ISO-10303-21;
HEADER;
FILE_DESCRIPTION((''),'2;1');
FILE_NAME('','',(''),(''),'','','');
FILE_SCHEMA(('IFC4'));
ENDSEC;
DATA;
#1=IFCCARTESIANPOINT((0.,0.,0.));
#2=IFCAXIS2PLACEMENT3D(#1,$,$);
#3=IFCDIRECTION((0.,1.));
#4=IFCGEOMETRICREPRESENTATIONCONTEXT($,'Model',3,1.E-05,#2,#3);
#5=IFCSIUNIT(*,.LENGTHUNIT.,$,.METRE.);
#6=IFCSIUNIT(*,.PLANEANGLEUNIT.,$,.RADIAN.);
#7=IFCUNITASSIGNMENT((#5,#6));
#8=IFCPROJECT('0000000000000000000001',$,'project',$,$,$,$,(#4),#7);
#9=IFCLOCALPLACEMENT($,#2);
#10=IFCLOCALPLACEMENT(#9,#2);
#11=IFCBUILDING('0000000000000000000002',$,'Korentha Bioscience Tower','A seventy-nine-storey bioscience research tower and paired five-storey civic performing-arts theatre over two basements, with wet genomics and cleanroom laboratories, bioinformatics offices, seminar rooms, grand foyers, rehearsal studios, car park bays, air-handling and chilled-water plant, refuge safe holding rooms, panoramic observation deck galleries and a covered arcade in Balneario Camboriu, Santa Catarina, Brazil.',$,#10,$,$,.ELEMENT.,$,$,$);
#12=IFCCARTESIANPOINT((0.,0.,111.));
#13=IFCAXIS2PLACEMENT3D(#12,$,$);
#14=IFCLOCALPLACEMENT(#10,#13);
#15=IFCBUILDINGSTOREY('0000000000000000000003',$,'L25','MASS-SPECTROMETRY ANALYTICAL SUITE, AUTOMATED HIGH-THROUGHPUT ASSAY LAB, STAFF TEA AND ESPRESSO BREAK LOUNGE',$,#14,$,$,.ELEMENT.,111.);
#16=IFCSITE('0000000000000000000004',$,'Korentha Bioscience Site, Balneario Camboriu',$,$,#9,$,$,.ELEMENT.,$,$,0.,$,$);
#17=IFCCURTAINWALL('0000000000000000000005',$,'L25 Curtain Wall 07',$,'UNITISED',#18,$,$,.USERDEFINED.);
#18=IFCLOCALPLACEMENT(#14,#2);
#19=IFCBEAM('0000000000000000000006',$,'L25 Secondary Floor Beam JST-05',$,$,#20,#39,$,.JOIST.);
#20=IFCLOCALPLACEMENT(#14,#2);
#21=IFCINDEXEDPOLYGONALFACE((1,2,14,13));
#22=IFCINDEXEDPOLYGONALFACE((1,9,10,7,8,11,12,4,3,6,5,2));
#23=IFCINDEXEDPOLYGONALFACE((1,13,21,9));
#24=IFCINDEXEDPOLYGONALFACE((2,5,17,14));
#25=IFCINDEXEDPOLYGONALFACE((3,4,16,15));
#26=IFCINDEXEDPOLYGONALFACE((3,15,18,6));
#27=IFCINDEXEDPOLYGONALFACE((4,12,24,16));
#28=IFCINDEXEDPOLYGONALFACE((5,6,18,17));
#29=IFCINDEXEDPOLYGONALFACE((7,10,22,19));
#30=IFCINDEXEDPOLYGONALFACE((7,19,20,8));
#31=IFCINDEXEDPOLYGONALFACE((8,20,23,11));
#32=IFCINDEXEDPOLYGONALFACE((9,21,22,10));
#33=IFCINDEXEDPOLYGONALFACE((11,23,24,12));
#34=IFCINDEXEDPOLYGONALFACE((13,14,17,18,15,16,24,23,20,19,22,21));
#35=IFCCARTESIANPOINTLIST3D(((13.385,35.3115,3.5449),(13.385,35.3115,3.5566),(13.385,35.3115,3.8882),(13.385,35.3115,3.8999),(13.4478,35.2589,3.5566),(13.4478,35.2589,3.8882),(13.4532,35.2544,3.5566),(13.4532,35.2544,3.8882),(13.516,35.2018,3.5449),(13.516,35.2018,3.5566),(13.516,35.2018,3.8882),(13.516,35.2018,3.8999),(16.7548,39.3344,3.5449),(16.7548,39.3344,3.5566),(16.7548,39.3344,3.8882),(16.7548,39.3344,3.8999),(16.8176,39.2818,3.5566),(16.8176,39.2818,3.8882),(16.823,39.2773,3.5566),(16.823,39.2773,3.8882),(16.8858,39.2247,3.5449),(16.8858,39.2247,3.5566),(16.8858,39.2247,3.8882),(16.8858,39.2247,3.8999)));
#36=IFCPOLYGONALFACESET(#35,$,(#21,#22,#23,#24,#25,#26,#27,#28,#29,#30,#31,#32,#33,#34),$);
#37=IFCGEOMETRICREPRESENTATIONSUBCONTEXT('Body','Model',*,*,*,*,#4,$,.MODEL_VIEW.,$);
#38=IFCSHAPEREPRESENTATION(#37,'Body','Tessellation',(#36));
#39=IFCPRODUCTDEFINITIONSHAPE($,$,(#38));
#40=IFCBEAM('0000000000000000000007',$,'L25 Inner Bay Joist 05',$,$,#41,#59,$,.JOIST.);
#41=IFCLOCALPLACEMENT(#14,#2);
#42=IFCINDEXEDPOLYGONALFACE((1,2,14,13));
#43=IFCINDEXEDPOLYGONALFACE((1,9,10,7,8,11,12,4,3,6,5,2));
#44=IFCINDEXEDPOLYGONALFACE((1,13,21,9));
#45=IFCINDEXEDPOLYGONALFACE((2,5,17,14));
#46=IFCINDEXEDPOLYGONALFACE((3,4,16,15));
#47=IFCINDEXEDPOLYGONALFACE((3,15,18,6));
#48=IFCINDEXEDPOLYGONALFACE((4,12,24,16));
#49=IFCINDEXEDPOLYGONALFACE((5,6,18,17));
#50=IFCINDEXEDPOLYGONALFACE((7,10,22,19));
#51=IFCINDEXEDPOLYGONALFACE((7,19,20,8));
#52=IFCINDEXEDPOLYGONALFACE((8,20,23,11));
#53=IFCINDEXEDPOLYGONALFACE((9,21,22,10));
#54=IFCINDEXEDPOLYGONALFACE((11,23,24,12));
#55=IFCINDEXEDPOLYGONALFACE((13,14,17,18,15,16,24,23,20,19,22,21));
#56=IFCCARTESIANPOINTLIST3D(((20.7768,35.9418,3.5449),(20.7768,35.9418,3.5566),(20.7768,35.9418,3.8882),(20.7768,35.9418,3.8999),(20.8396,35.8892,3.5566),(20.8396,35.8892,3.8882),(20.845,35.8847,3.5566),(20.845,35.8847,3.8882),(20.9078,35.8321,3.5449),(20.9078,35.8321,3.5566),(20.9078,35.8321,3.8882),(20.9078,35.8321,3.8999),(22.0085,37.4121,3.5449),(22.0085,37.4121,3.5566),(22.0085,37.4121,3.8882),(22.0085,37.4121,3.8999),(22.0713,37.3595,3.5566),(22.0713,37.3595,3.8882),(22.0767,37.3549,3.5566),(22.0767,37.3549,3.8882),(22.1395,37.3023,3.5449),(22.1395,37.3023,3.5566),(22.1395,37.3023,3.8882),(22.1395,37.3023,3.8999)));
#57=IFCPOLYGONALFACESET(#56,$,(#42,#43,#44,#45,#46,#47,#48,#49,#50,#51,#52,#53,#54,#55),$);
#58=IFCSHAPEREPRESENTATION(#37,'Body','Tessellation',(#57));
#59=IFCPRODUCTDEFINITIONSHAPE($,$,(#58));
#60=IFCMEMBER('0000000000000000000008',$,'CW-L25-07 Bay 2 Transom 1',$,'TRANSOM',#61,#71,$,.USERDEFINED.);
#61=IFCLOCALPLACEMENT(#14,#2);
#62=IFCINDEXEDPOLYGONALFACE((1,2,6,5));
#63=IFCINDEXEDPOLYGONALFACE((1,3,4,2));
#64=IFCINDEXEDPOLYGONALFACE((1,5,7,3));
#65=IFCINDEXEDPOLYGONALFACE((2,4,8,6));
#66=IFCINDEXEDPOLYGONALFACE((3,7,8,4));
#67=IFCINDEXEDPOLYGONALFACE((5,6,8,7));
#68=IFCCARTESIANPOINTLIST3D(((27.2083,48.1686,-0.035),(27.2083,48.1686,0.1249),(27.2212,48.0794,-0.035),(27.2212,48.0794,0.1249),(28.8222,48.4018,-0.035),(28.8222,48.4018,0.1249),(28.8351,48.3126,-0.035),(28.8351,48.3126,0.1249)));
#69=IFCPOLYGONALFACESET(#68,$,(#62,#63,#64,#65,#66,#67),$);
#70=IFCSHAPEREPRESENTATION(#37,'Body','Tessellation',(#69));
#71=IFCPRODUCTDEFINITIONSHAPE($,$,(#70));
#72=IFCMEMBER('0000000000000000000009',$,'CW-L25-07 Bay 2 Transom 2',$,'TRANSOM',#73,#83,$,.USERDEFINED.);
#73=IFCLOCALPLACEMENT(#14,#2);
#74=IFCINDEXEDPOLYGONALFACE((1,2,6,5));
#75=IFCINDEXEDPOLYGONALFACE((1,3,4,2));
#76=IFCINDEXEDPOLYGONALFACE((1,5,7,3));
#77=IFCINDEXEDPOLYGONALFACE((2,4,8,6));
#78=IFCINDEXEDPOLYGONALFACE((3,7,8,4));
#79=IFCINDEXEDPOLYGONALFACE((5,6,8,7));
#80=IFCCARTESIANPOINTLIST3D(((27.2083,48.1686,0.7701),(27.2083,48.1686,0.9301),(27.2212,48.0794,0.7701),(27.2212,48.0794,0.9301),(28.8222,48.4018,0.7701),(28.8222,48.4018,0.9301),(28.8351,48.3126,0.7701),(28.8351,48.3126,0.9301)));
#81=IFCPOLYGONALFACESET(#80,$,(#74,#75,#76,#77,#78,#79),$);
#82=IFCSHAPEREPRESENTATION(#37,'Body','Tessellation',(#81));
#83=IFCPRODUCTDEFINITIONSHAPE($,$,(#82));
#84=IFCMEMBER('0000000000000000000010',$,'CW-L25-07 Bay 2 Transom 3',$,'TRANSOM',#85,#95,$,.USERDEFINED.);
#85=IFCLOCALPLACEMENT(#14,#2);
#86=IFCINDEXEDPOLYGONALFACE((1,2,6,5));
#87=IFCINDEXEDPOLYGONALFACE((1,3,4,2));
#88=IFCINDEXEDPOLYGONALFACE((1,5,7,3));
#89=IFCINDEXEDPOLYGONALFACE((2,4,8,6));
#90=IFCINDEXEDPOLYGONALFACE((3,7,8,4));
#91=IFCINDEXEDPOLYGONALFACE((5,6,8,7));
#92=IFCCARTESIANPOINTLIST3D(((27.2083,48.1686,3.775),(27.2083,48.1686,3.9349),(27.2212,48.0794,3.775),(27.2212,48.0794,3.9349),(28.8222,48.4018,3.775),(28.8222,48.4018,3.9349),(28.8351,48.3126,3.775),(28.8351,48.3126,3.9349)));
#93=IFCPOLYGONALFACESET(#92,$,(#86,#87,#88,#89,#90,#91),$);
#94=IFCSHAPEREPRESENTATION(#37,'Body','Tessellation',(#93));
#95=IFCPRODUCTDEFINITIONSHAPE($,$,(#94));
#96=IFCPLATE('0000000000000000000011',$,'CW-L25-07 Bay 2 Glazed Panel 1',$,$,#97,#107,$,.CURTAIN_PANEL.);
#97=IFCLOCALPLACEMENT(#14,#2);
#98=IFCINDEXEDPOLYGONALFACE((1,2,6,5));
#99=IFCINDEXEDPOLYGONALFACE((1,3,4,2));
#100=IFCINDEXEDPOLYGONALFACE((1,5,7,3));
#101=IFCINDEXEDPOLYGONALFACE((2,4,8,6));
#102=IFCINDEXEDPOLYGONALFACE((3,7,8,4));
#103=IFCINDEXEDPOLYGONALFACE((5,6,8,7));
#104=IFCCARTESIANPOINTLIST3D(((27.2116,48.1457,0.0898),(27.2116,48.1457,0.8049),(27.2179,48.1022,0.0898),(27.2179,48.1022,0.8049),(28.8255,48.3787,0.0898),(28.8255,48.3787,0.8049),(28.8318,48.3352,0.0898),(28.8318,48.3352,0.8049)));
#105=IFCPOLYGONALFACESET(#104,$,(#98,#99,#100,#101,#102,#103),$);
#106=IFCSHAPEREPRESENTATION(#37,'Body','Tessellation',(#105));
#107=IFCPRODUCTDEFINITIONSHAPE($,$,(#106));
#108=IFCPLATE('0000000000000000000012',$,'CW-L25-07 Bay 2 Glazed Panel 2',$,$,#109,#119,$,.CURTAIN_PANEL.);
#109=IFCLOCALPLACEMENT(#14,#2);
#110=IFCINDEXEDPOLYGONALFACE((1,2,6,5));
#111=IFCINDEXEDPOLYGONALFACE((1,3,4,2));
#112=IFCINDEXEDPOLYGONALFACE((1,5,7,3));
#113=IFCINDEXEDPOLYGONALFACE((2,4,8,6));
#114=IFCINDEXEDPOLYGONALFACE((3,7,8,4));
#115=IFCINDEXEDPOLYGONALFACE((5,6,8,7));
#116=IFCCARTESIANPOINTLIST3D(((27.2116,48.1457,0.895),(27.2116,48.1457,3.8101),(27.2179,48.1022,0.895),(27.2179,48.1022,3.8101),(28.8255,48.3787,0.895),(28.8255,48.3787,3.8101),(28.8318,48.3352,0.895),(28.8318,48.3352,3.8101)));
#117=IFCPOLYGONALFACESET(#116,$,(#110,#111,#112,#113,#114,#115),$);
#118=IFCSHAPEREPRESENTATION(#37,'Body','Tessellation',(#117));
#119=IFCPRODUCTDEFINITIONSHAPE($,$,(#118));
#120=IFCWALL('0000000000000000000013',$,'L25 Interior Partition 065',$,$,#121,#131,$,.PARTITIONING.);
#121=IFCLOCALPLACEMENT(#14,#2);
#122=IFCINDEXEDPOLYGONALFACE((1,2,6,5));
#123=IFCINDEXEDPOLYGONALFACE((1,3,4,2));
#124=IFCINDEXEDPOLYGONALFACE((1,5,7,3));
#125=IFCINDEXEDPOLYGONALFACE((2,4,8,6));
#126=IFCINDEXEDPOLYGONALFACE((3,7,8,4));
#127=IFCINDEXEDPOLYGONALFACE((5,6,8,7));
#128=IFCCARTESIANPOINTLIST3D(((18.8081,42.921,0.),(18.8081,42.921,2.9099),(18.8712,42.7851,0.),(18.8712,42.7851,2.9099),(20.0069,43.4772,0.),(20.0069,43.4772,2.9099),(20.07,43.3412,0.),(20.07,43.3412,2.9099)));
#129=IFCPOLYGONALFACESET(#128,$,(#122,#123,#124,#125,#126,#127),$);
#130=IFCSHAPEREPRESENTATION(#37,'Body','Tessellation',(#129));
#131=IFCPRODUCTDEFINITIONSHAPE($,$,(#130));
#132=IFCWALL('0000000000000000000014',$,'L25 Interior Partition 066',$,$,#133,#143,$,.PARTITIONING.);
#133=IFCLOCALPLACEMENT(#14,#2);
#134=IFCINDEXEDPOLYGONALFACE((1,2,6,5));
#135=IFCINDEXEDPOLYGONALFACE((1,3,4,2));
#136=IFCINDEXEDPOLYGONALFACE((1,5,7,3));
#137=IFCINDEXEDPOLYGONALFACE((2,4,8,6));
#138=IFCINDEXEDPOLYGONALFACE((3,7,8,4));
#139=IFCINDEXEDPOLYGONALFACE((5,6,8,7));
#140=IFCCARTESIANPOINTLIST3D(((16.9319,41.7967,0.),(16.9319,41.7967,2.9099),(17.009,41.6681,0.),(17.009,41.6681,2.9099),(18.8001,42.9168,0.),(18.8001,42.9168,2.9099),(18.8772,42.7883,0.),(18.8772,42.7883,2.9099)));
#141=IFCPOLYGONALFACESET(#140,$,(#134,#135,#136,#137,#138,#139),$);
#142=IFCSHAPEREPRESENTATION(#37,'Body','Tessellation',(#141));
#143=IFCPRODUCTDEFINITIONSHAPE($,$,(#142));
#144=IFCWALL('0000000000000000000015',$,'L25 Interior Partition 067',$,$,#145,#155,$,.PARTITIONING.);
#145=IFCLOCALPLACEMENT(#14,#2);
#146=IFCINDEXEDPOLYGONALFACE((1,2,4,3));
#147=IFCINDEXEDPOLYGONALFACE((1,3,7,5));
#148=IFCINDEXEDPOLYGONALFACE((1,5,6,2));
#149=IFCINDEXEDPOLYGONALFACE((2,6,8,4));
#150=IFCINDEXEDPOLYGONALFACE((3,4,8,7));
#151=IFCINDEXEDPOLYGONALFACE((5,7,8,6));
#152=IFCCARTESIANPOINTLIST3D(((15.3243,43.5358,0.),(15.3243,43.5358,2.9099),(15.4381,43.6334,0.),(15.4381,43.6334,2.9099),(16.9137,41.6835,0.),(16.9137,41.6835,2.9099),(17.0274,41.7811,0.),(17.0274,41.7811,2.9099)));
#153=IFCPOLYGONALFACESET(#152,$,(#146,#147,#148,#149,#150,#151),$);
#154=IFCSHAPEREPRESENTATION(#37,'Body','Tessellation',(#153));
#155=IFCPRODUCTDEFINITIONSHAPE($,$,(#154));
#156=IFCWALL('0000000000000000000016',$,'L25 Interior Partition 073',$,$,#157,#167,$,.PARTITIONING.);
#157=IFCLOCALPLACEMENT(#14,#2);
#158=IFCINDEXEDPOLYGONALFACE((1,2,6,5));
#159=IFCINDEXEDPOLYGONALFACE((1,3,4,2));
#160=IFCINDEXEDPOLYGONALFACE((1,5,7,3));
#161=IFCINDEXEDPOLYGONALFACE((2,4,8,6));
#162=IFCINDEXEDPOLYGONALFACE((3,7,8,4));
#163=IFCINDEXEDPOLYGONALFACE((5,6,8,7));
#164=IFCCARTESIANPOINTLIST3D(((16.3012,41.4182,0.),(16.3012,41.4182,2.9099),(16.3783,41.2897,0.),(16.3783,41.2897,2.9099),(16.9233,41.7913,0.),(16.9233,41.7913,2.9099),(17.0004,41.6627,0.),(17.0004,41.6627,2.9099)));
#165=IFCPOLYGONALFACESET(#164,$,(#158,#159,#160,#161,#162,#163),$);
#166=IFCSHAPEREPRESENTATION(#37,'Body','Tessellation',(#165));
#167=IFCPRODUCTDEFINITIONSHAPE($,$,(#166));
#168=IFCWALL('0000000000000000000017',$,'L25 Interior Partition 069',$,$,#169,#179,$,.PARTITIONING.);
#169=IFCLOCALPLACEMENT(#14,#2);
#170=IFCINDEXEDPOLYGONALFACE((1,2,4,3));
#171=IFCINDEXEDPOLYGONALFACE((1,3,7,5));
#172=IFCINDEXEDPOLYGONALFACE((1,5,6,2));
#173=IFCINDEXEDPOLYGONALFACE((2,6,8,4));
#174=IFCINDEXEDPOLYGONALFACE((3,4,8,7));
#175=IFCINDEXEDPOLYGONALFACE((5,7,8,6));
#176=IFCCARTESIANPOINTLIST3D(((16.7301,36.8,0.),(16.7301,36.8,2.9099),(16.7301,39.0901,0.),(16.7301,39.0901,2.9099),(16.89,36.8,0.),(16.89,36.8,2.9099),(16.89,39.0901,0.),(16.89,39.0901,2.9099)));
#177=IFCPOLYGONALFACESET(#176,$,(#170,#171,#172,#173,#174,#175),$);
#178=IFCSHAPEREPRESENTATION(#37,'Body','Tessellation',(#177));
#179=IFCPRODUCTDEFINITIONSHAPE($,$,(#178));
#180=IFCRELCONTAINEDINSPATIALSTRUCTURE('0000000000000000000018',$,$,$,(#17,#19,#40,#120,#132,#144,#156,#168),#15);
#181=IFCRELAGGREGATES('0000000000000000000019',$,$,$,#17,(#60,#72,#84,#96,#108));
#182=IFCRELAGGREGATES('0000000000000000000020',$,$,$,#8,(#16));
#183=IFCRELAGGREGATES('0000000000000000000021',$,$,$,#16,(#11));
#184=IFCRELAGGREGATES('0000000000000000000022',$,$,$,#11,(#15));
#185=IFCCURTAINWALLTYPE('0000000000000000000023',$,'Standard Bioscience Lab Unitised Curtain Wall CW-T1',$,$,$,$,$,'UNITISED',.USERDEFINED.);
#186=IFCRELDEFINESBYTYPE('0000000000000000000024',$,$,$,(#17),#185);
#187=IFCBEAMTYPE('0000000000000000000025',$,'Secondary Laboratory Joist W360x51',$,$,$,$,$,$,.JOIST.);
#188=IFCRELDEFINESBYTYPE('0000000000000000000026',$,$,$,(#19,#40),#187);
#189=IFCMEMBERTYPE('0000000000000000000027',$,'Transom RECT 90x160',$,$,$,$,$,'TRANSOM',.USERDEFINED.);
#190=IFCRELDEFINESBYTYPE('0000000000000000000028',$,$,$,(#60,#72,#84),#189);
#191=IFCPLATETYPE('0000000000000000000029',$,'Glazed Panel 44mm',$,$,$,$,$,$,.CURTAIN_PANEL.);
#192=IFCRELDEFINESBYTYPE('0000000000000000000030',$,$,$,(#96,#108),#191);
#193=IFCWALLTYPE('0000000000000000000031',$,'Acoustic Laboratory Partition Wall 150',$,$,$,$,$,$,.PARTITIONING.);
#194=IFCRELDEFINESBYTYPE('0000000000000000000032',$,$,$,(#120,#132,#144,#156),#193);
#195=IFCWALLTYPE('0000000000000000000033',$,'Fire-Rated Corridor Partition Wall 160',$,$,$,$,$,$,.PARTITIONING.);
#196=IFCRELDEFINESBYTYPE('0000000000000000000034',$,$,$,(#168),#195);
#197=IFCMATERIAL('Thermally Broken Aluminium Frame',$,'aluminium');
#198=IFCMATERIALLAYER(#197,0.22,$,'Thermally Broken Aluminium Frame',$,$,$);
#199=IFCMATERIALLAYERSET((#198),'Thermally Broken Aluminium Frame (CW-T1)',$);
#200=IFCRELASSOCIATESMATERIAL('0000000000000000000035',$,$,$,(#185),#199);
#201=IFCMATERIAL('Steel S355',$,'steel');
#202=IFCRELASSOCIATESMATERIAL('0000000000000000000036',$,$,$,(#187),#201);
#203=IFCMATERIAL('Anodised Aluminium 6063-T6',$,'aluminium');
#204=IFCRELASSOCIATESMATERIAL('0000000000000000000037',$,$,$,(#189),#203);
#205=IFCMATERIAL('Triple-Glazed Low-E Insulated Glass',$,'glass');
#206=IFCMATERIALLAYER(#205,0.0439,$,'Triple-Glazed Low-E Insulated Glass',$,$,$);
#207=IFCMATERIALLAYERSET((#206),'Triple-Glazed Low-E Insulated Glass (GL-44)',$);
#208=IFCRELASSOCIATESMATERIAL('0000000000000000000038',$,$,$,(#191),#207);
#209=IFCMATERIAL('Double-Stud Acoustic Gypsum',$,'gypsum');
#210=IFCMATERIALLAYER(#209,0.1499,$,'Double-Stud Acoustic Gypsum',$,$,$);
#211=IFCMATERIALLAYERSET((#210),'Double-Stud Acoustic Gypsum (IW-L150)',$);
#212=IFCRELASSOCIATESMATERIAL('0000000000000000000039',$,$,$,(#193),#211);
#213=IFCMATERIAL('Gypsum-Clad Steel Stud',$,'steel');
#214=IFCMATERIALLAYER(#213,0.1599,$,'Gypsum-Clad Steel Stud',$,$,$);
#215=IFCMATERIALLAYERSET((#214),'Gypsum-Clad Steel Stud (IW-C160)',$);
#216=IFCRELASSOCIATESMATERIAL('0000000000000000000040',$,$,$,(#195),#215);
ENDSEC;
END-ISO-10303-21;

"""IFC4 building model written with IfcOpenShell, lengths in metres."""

from ifc_helpers import new_model, si_unit, direction, frame, frame_2d, origin, origin_2d, place, context, subcontext, project, spatial, rectangle, i_section, extrude, material, layer, layer_set, material_profile, profile_set, type_object, element, aggregate, save


model = new_model("IFC4")

# Units and contexts
model_context = context("Model", 3, precision=1e-05, world=origin(), true_north=direction((0.0, 1.0)))
body_context = subcontext(model_context, "Body", "Model", "MODEL_VIEW")
ifc_project = project(units=[si_unit("LENGTHUNIT", "METRE"), si_unit("PLANEANGLEUNIT", "RADIAN")], contexts=[model_context])

# Site, building, storey
site_placement = place(None, origin())
site = spatial("IfcSite", under=ifc_project, at=site_placement, Name="Korentha Bioscience Site, Balneario Camboriu", CompositionType="ELEMENT", RefElevation=0.0)
building_placement = place(site_placement, origin())
building = spatial("IfcBuilding", under=site, at=building_placement, Name="Korentha Bioscience Tower", Description="A seventy-nine-storey bioscience research tower and paired five-storey civic performing-arts theatre over two basements, with wet genomics and cleanroom laboratories, bioinformatics offices, seminar rooms, grand foyers, rehearsal studios, car park bays, air-handling and chilled-water plant, refuge safe holding rooms, panoramic observation deck galleries and a covered arcade in Balneario Camboriu, Santa Catarina, Brazil.", CompositionType="ELEMENT")
storey_placement = place(building_placement, frame((0.0, 0.0, 111.0)))
storey = spatial("IfcBuildingStorey", under=building, at=storey_placement, Name="L25", Description="MASS-SPECTROMETRY ANALYTICAL SUITE, AUTOMATED HIGH-THROUGHPUT ASSAY LAB, STAFF TEA AND ESPRESSO BREAK LOUNGE", CompositionType="ELEMENT", Elevation=111.0)

# Shared definitions
ifc_material_1 = material(Name="Steel S355", Category="steel")

# Curtain wall
ifc_material_2 = material(Name="Thermally Broken Aluminium Frame", Category="aluminium")
ifc_layer_1 = layer(ifc_material_2, 0.22, Name="Thermally Broken Aluminium Frame")
ifc_layer_set_1 = layer_set([ifc_layer_1], Name="Thermally Broken Aluminium Frame (CW-T1)")
curtain_wall_type = type_object("IfcCurtainWallType", Name="Standard Bioscience Lab Unitised Curtain Wall CW-T1", ElementType="UNITISED", PredefinedType="USERDEFINED", material=ifc_layer_set_1)
curtain_wall_placement = place(storey_placement, origin())
curtain_wall = element("IfcCurtainWall", 1, at=curtain_wall_placement, inside=storey, type_object=curtain_wall_type, Name="L25 Curtain Wall 07", ObjectType="UNITISED", PredefinedType="USERDEFINED")
ifc_material_3 = material(Name="Anodised Aluminium 6063-T6", Category="aluminium")

# Beams
ifc_material_profile_1 = material_profile(ifc_material_1, i_section(OverallWidth=0.1709, OverallDepth=0.355, WebThickness=0.0071, FlangeThickness=0.0117, at=origin_2d()), Name="Steel S355")
ifc_profile_set_1 = profile_set([ifc_material_profile_1], Name="Steel S355 (JB-360)")
beam_type_1 = type_object("IfcBeamType", Name="Secondary Laboratory Joist W360x51", PredefinedType="JOIST", material=ifc_profile_set_1)
beam_1_placement = place(storey_placement, frame((16.8203, 39.2795, 3.7224), z_axis=(-0.642141, -0.766587, 0.0), x_axis=(0.766587, -0.642141, 0.0)))
element("IfcBeam", 2, at=beam_1_placement, inside=storey, type_object=beam_type_1, Name="L25 Secondary Floor Beam JST-05", PredefinedType="JOIST", context=body_context, shape_type="SweptSolid", body=[
    extrude(i_section(OverallWidth=0.1709, OverallDepth=0.355, WebThickness=0.0071, FlangeThickness=0.0117, at=origin_2d()), origin(), (0.0, 0.0, 1.0), 5.2478),
])
beam_2_placement = place(storey_placement, frame((22.074, 37.3572, 3.7224), z_axis=(-0.642185, -0.766549, 0.0), x_axis=(0.766549, -0.642185, 0.0)))
element("IfcBeam", 3, at=beam_2_placement, inside=storey, type_object=beam_type_1, Name="L25 Inner Bay Joist 05", PredefinedType="JOIST", context=body_context, shape_type="SweptSolid", body=[
    extrude(i_section(OverallWidth=0.1709, OverallDepth=0.355, WebThickness=0.0071, FlangeThickness=0.0117, at=origin_2d()), origin(), (0.0, 0.0, 1.0), 1.918),
])

# Members
ifc_material_profile_2 = material_profile(ifc_material_3, rectangle(XDim=0.0901, YDim=0.1599, at=origin_2d()), Name="Anodised Aluminium 6063-T6")
ifc_profile_set_2 = profile_set([ifc_material_profile_2], Name="Anodised Aluminium 6063-T6 (CW-TRN)")
member_type_1 = type_object("IfcMemberType", Name="Transom RECT 90x160", ElementType="TRANSOM", PredefinedType="USERDEFINED", material=ifc_profile_set_2)
member_1_placement = place(storey_placement, frame((28.8286, 48.3572, 0.0449), z_axis=(-0.989724, -0.142993, 0.0), x_axis=(0.142993, -0.989724, 0.0)))
member_1 = element("IfcMember", 4, at=member_1_placement, type_object=member_type_1, Name="CW-L25-07 Bay 2 Transom 1", ObjectType="TRANSOM", PredefinedType="USERDEFINED", context=body_context, shape_type="SweptSolid", body=[
    extrude(rectangle(XDim=0.0901, YDim=0.1599, at=origin_2d()), origin(), (0.0, 0.0, 1.0), 1.6306),
])
member_2_placement = place(storey_placement, frame((28.8286, 48.3572, 0.8501), z_axis=(-0.989724, -0.142993, 0.0), x_axis=(0.142993, -0.989724, 0.0)))
member_2 = element("IfcMember", 5, at=member_2_placement, type_object=member_type_1, Name="CW-L25-07 Bay 2 Transom 2", ObjectType="TRANSOM", PredefinedType="USERDEFINED", context=body_context, shape_type="SweptSolid", body=[
    extrude(rectangle(XDim=0.0901, YDim=0.1599, at=origin_2d()), origin(), (0.0, 0.0, 1.0), 1.6306),
])
member_3_placement = place(storey_placement, frame((28.8286, 48.3572, 3.855), z_axis=(-0.989724, -0.142993, 0.0), x_axis=(0.142993, -0.989724, 0.0)))
member_3 = element("IfcMember", 6, at=member_3_placement, type_object=member_type_1, Name="CW-L25-07 Bay 2 Transom 3", ObjectType="TRANSOM", PredefinedType="USERDEFINED", context=body_context, shape_type="SweptSolid", body=[
    extrude(rectangle(XDim=0.0901, YDim=0.1599, at=origin_2d()), origin(), (0.0, 0.0, 1.0), 1.6306),
])

# Plates
ifc_material_4 = material(Name="Triple-Glazed Low-E Insulated Glass", Category="glass")
ifc_layer_2 = layer(ifc_material_4, 0.0439, Name="Triple-Glazed Low-E Insulated Glass")
ifc_layer_set_2 = layer_set([ifc_layer_2], Name="Triple-Glazed Low-E Insulated Glass (GL-44)")
plate_type = type_object("IfcPlateType", Name="Glazed Panel 44mm", PredefinedType="CURTAIN_PANEL", material=ifc_layer_set_2)
plate_1_placement = place(storey_placement, frame((28.0217, 48.2405, 0.0898), z_axis=(0.0, 0.0, 1.0), x_axis=(-0.989738, -0.142892, 0.0)))
plate_1 = element("IfcPlate", 7, at=plate_1_placement, type_object=plate_type, Name="CW-L25-07 Bay 2 Glazed Panel 1", PredefinedType="CURTAIN_PANEL", context=body_context, shape_type="SweptSolid", body=[
    extrude(rectangle(XDim=1.6306, YDim=0.0439, at=origin_2d()), origin(), (0.0, 0.0, 1.0), 0.7151),
])
plate_2_placement = place(storey_placement, frame((28.0217, 48.2405, 0.895), z_axis=(0.0, 0.0, 1.0), x_axis=(-0.989738, -0.142892, 0.0)))
plate_2 = element("IfcPlate", 8, at=plate_2_placement, type_object=plate_type, Name="CW-L25-07 Bay 2 Glazed Panel 2", PredefinedType="CURTAIN_PANEL", context=body_context, shape_type="SweptSolid", body=[
    extrude(rectangle(XDim=1.6306, YDim=0.0439, at=origin_2d()), origin(), (0.0, 0.0, 1.0), 2.915),
])
aggregate(curtain_wall, [member_1, member_2, member_3, plate_1, plate_2])

# Walls
ifc_material_5 = material(Name="Double-Stud Acoustic Gypsum", Category="gypsum")
ifc_layer_3 = layer(ifc_material_5, 0.1499, Name="Double-Stud Acoustic Gypsum")
ifc_layer_set_3 = layer_set([ifc_layer_3], Name="Double-Stud Acoustic Gypsum (IW-L150)")
wall_type_1 = type_object("IfcWallType", Name="Acoustic Laboratory Partition Wall 150", PredefinedType="PARTITIONING", material=ifc_layer_set_3)
wall_1_placement = place(storey_placement, frame((20.0383, 43.4092, 0.0), z_axis=(0.0, 0.0, 1.0), x_axis=(-0.907125, -0.420862, 0.0)))
element("IfcWall", 9, at=wall_1_placement, inside=storey, type_object=wall_type_1, Name="L25 Interior Partition 065", PredefinedType="PARTITIONING", context=body_context, shape_type="SweptSolid", body=[
    extrude(rectangle(XDim=1.3215, YDim=0.1499, at=frame_2d((0.6606, 0.0))), origin(), (0.0, 0.0, 1.0), 2.9099),
])
wall_2_placement = place(storey_placement, frame((18.8386, 42.8525, 0.0), z_axis=(0.0, 0.0, 1.0), x_axis=(-0.857651, -0.514232, 0.0)))
element("IfcWall", 10, at=wall_2_placement, inside=storey, type_object=wall_type_1, Name="L25 Interior Partition 066", PredefinedType="PARTITIONING", context=body_context, shape_type="SweptSolid", body=[
    extrude(rectangle(XDim=2.1782, YDim=0.1499, at=frame_2d((1.0891, 0.0))), origin(), (0.0, 0.0, 1.0), 2.9099),
])
wall_3_placement = place(storey_placement, frame((16.9705, 41.7324, 0.0), z_axis=(0.0, 0.0, 1.0), x_axis=(-0.651187, 0.758918, 0.0)))
element("IfcWall", 11, at=wall_3_placement, inside=storey, type_object=wall_type_1, Name="L25 Interior Partition 067", PredefinedType="PARTITIONING", context=body_context, shape_type="SweptSolid", body=[
    extrude(rectangle(XDim=2.4407, YDim=0.1499, at=frame_2d((1.2202, 0.0))), origin(), (0.0, 0.0, 1.0), 2.9099),
])
wall_4_placement = place(storey_placement, frame((16.9619, 41.7271, 0.0), z_axis=(0.0, 0.0, 1.0), x_axis=(-0.857612, -0.514298, 0.0)))
element("IfcWall", 12, at=wall_4_placement, inside=storey, type_object=wall_type_1, Name="L25 Interior Partition 073", PredefinedType="PARTITIONING", context=body_context, shape_type="SweptSolid", body=[
    extrude(rectangle(XDim=0.7253, YDim=0.1499, at=frame_2d((0.3628, 0.0))), origin(), (0.0, 0.0, 1.0), 2.9099),
])
ifc_material_6 = material(Name="Gypsum-Clad Steel Stud", Category="steel")
ifc_layer_4 = layer(ifc_material_6, 0.1599, Name="Gypsum-Clad Steel Stud")
ifc_layer_set_4 = layer_set([ifc_layer_4], Name="Gypsum-Clad Steel Stud (IW-C160)")
wall_type_2 = type_object("IfcWallType", Name="Fire-Rated Corridor Partition Wall 160", PredefinedType="PARTITIONING", material=ifc_layer_set_4)
wall_5_placement = place(storey_placement, frame((16.8101, 36.8, 0.0), z_axis=(0.0, 0.0, 1.0), x_axis=(0.0, 1.0, 0.0)))
element("IfcWall", 13, at=wall_5_placement, inside=storey, type_object=wall_type_2, Name="L25 Interior Partition 069", PredefinedType="PARTITIONING", context=body_context, shape_type="SweptSolid", body=[
    extrude(rectangle(XDim=2.29, YDim=0.1599, at=frame_2d((1.145, 0.0))), origin(), (0.0, 0.0, 1.0), 2.9099),
])

save(model, "model.ifc")
